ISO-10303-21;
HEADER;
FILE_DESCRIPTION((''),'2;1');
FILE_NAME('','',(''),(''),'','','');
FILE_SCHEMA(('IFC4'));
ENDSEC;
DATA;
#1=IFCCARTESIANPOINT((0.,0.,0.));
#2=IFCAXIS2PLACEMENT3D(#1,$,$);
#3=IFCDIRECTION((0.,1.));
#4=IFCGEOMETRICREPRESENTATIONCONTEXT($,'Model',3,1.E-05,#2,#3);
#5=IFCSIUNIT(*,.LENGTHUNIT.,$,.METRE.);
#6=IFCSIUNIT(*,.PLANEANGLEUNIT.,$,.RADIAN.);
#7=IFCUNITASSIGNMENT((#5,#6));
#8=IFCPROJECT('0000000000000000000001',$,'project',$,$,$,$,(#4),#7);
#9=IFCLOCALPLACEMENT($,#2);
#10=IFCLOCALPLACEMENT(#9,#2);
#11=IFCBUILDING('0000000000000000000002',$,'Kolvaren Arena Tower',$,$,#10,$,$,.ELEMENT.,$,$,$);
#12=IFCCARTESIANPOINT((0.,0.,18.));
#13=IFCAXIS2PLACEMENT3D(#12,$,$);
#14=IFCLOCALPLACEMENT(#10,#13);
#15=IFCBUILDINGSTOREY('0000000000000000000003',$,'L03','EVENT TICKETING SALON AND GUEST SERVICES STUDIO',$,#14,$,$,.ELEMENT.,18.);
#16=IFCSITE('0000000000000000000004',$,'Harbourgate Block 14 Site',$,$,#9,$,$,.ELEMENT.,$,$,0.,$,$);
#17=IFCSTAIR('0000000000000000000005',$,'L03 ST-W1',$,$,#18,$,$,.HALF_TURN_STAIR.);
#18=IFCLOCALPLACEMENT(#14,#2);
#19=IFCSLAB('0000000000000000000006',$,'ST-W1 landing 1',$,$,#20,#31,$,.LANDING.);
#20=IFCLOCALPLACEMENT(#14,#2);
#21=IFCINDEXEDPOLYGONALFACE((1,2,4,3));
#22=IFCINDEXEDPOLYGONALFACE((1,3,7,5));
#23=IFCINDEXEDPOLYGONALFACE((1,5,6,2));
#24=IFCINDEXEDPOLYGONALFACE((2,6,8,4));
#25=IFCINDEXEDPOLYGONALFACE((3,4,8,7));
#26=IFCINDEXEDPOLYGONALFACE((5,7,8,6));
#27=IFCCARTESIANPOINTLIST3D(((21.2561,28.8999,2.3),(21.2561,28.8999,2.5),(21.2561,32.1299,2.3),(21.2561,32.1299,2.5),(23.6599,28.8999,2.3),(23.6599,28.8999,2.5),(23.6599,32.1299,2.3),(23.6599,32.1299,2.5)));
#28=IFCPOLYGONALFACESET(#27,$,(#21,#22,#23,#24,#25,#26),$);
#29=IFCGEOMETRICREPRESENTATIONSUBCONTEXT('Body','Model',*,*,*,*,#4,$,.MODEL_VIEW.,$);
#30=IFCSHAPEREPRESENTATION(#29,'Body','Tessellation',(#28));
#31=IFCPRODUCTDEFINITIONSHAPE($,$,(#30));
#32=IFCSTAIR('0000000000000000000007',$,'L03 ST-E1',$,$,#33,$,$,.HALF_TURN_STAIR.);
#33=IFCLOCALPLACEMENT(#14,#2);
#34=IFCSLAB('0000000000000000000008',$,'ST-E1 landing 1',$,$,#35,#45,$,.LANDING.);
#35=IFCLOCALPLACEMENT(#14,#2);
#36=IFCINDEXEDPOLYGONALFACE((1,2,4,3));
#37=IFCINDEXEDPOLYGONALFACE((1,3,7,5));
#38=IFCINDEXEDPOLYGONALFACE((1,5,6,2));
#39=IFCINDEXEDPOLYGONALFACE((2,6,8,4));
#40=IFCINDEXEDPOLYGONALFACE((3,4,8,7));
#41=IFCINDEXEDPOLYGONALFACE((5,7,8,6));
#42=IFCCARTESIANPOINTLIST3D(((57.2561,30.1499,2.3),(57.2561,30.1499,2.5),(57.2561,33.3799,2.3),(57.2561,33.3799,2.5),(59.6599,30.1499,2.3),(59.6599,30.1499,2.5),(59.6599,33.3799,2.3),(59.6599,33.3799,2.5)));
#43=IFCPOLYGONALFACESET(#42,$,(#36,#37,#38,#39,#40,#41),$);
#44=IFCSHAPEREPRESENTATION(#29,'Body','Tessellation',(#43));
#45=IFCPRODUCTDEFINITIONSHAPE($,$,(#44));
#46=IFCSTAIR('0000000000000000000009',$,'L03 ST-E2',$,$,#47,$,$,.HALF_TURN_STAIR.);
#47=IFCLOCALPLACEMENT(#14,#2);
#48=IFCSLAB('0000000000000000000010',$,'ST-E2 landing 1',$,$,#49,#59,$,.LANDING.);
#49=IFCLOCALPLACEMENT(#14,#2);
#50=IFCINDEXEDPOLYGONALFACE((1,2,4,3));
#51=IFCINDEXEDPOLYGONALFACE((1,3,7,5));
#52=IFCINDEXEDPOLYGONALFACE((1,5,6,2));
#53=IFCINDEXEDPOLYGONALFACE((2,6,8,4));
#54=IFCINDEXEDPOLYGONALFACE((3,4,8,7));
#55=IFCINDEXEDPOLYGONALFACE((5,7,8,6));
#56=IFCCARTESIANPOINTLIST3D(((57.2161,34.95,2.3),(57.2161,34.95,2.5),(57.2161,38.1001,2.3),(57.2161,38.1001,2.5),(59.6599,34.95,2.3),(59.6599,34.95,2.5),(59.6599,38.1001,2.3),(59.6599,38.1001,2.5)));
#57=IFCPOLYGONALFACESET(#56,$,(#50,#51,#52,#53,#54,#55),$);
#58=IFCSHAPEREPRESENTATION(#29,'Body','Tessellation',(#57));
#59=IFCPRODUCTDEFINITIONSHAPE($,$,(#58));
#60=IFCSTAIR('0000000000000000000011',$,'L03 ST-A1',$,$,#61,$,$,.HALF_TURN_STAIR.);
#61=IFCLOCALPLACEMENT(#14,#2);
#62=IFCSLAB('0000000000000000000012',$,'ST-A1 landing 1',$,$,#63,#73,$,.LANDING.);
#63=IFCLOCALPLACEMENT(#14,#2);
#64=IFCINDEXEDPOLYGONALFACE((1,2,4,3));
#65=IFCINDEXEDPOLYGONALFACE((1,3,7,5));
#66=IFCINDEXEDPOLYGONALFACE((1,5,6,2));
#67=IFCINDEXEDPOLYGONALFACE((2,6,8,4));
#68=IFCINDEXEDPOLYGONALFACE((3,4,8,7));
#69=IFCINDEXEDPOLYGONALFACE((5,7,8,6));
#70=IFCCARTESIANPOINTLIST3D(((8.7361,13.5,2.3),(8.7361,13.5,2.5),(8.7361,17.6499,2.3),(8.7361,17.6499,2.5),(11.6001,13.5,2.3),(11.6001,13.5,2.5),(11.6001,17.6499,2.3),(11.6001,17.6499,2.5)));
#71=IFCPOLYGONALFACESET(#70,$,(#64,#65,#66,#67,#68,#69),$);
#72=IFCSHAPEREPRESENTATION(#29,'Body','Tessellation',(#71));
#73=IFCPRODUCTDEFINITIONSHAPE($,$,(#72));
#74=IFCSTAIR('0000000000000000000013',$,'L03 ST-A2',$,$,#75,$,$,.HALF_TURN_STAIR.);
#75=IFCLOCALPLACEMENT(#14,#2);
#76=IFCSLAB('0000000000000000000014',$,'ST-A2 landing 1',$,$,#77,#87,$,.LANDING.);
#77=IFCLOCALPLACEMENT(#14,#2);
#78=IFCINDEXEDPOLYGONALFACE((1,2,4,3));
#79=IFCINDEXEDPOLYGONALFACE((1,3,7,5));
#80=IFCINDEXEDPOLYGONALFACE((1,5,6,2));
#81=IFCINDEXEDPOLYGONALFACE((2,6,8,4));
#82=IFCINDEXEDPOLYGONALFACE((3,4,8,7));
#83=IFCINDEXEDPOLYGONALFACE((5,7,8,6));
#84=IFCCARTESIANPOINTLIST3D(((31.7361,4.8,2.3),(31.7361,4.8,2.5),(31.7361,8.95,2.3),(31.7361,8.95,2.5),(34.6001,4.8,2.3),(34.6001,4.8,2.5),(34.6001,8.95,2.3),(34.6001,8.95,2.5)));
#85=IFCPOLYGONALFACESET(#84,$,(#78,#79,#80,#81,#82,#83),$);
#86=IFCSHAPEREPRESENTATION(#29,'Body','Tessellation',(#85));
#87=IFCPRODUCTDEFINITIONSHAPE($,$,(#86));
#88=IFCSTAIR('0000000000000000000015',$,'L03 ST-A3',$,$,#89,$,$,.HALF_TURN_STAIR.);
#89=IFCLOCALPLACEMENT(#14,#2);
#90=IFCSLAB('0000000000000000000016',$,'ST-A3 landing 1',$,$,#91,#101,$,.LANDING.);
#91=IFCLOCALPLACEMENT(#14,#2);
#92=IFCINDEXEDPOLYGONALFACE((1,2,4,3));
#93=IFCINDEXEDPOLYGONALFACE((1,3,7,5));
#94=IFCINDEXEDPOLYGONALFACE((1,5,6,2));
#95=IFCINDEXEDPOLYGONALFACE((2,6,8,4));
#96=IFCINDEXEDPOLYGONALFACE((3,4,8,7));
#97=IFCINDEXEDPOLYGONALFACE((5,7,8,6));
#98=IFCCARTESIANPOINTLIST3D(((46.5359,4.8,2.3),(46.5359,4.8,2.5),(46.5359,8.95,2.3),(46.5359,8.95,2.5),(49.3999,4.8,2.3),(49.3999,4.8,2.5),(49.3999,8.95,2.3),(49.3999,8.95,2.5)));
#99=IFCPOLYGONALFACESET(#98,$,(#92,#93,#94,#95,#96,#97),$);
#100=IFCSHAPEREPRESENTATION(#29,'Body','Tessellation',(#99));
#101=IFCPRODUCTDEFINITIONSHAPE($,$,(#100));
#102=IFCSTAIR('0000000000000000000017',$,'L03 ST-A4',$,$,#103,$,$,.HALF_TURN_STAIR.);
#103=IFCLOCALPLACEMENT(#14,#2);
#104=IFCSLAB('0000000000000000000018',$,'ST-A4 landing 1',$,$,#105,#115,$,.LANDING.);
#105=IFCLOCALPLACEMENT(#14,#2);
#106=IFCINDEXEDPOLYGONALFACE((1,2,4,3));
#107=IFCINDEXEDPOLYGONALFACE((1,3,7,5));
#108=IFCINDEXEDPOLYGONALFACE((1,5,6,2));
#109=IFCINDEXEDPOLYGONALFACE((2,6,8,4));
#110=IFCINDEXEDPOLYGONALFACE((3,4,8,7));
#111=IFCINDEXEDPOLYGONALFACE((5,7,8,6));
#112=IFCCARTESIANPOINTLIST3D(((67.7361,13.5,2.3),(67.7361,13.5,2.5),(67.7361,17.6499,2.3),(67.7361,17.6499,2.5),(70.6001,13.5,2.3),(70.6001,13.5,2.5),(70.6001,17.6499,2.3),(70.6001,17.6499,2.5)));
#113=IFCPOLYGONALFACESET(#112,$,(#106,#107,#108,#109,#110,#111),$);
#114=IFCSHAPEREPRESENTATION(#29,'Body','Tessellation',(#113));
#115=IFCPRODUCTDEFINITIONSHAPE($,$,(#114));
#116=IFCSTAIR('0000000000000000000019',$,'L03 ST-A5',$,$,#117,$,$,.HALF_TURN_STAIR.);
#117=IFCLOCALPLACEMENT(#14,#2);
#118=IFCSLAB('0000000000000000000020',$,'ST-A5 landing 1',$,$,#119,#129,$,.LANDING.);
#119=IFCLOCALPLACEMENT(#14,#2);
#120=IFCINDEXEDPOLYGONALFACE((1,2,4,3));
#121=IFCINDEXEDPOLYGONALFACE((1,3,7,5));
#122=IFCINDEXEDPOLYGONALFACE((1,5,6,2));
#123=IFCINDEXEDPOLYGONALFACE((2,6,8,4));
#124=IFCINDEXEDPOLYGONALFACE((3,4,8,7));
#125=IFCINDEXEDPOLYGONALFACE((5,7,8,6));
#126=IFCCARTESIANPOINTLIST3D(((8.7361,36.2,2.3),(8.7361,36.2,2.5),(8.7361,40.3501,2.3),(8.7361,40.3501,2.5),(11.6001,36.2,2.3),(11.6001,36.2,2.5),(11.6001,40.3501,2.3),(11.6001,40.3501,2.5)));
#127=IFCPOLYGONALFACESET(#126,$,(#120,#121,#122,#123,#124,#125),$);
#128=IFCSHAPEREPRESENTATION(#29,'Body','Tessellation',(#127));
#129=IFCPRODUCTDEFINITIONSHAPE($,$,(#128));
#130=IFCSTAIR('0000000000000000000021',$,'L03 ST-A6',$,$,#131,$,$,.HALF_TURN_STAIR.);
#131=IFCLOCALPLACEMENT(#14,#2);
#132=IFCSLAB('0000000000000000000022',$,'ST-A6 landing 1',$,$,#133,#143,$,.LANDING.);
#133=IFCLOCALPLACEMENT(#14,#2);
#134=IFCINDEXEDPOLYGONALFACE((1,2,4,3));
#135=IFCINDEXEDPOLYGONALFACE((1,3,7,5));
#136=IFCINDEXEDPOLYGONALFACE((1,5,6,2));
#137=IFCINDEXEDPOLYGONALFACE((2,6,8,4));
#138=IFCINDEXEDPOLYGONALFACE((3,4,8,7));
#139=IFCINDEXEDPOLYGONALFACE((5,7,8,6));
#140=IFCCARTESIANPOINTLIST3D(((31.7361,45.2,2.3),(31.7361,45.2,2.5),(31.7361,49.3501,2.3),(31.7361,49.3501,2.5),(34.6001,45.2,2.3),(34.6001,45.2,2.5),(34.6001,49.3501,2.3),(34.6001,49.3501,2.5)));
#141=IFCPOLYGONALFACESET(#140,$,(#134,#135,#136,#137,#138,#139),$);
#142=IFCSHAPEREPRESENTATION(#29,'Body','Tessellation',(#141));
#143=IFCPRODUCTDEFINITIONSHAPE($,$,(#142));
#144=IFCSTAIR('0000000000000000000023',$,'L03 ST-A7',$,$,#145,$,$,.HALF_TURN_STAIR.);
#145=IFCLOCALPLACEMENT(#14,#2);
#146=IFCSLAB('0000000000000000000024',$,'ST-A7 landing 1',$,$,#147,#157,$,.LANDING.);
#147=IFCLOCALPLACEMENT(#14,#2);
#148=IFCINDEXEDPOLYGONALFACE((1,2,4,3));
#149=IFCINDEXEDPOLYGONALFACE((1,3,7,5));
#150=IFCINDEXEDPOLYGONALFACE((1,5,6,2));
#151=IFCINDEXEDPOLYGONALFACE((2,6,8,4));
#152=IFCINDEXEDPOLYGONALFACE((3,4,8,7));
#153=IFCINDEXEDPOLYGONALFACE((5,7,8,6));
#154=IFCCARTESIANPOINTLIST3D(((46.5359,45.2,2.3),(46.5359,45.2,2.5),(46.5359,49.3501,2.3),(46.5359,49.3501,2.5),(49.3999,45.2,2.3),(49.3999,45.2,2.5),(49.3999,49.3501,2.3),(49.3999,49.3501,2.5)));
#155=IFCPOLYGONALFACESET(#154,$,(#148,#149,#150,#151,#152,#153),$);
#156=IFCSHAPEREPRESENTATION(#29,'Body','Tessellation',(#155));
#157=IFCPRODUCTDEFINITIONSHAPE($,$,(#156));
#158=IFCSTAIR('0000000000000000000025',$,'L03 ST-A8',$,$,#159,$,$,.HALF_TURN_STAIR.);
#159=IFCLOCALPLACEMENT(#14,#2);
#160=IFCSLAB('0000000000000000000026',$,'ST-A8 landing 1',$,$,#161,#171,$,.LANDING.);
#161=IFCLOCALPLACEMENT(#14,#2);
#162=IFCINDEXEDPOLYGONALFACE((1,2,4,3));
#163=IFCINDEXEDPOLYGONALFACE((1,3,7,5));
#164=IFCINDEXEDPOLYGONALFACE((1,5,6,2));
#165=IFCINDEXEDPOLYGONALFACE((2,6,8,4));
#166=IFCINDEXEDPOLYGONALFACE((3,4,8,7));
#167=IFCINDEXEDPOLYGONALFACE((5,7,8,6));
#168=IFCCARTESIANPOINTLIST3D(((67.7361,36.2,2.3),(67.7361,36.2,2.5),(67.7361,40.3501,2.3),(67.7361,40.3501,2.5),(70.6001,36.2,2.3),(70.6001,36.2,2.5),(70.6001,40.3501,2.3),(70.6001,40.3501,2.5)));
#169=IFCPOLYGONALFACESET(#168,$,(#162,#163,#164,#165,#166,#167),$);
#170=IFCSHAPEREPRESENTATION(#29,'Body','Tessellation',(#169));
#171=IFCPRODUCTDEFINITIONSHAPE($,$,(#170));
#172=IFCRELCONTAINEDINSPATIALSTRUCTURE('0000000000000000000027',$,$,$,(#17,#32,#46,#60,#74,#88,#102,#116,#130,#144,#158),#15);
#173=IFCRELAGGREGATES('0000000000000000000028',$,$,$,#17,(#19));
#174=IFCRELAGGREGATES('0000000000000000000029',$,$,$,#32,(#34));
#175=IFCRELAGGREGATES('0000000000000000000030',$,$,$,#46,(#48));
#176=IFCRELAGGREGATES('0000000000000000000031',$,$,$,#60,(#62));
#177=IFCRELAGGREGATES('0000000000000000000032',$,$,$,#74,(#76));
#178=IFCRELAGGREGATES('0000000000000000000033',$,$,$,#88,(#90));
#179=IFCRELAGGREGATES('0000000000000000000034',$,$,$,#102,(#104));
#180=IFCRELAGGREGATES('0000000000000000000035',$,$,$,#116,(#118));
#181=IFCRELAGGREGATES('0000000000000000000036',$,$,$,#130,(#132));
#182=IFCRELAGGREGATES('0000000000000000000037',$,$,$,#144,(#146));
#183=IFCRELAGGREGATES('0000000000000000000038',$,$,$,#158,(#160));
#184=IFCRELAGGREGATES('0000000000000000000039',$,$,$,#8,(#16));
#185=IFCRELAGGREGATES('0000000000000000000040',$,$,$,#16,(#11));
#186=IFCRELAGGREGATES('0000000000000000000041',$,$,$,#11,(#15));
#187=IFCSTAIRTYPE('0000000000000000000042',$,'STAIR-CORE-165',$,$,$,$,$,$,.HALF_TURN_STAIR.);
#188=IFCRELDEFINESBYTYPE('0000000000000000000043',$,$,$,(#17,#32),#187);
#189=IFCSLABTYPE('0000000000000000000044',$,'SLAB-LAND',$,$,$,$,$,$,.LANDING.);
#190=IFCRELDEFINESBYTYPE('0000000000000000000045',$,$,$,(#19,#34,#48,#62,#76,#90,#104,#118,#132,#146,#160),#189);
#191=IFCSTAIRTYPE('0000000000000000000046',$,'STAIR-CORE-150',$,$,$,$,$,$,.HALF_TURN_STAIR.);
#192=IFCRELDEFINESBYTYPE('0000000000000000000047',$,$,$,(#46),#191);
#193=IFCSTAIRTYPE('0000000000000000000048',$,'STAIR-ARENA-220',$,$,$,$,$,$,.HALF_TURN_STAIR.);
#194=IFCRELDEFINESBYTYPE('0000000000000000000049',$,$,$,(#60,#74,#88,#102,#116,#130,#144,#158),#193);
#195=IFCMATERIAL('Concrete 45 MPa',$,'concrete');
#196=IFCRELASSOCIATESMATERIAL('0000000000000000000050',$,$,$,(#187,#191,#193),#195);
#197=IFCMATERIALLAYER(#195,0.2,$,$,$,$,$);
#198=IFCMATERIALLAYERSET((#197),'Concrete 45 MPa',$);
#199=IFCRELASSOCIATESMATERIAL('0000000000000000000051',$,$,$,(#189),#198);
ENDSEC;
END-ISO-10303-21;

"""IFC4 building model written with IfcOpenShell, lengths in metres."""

from ifc_helpers import new_model, si_unit, direction, frame, origin, place, context, subcontext, project, spatial, polyline, outline, extrude, material, layer, layer_set, type_object, element, aggregate, save


model = new_model("IFC4")

# Units and contexts
model_context = context("Model", 3, precision=1e-05, world=origin(), true_north=direction((0.0, 1.0)))
body_context = subcontext(model_context, "Body", "Model", "MODEL_VIEW")
ifc_project = project(units=[si_unit("LENGTHUNIT", "METRE"), si_unit("PLANEANGLEUNIT", "RADIAN")], contexts=[model_context])

# Site, building, storey
site_placement = place(None, origin())
site = spatial("IfcSite", under=ifc_project, at=site_placement, Name="Harbourgate Block 14 Site", CompositionType="ELEMENT", RefElevation=0.0)
building_placement = place(site_placement, origin())
building = spatial("IfcBuilding", under=site, at=building_placement, Name="Kolvaren Arena Tower", CompositionType="ELEMENT")
storey_placement = place(building_placement, frame((0.0, 0.0, 18.0)))
storey = spatial("IfcBuildingStorey", under=building, at=storey_placement, Name="L03", Description="EVENT TICKETING SALON AND GUEST SERVICES STUDIO", CompositionType="ELEMENT", Elevation=18.0)

# Stairs, slabs
ifc_material_1 = material(Name="Concrete 45 MPa", Category="concrete")
stair_type_1 = type_object("IfcStairType", Name="STAIR-CORE-165", PredefinedType="HALF_TURN_STAIR", material=ifc_material_1)
stair_1_placement = place(storey_placement, origin())
stair_1 = element("IfcStair", 1, at=stair_1_placement, inside=storey, type_object=stair_type_1, Name="L03 ST-W1", PredefinedType="HALF_TURN_STAIR")
ifc_layer_1 = layer(ifc_material_1, 0.2)
ifc_layer_set_1 = layer_set([ifc_layer_1], Name="Concrete 45 MPa")
slab_type_1 = type_object("IfcSlabType", Name="SLAB-LAND", PredefinedType="LANDING", material=ifc_layer_set_1)
slab_1_placement = place(storey_placement, frame((0.0, 0.0, 2.3)))
slab_1 = element("IfcSlab", 2, at=slab_1_placement, type_object=slab_type_1, Name="ST-W1 landing 1", PredefinedType="LANDING", context=body_context, shape_type="SweptSolid", body=[
    extrude(outline(polyline([(21.2561, 28.8999), (23.6599, 28.8999), (23.6599, 32.1299), (21.2561, 32.1299), (21.2561, 28.8999)])), origin(), (0.0, 0.0, 1.0), 0.2),
])
aggregate(stair_1, [slab_1])
stair_2_placement = place(storey_placement, origin())
stair_2 = element("IfcStair", 3, at=stair_2_placement, inside=storey, type_object=stair_type_1, Name="L03 ST-E1", PredefinedType="HALF_TURN_STAIR")
slab_2_placement = place(storey_placement, frame((0.0, 0.0, 2.3)))
slab_2 = element("IfcSlab", 4, at=slab_2_placement, type_object=slab_type_1, Name="ST-E1 landing 1", PredefinedType="LANDING", context=body_context, shape_type="SweptSolid", body=[
    extrude(outline(polyline([(57.2561, 30.1499), (59.6599, 30.1499), (59.6599, 33.3799), (57.2561, 33.3799), (57.2561, 30.1499)])), origin(), (0.0, 0.0, 1.0), 0.2),
])
aggregate(stair_2, [slab_2])
stair_type_2 = type_object("IfcStairType", Name="STAIR-CORE-150", PredefinedType="HALF_TURN_STAIR", material=ifc_material_1)
stair_3_placement = place(storey_placement, origin())
stair_3 = element("IfcStair", 5, at=stair_3_placement, inside=storey, type_object=stair_type_2, Name="L03 ST-E2", PredefinedType="HALF_TURN_STAIR")
slab_3_placement = place(storey_placement, frame((0.0, 0.0, 2.3)))
slab_3 = element("IfcSlab", 6, at=slab_3_placement, type_object=slab_type_1, Name="ST-E2 landing 1", PredefinedType="LANDING", context=body_context, shape_type="SweptSolid", body=[
    extrude(outline(polyline([(57.2161, 34.95), (59.6599, 34.95), (59.6599, 38.1001), (57.2161, 38.1001), (57.2161, 34.95)])), origin(), (0.0, 0.0, 1.0), 0.2),
])
aggregate(stair_3, [slab_3])
stair_type_3 = type_object("IfcStairType", Name="STAIR-ARENA-220", PredefinedType="HALF_TURN_STAIR", material=ifc_material_1)
stair_4_placement = place(storey_placement, origin())
stair_4 = element("IfcStair", 7, at=stair_4_placement, inside=storey, type_object=stair_type_3, Name="L03 ST-A1", PredefinedType="HALF_TURN_STAIR")
slab_4_placement = place(storey_placement, frame((0.0, 0.0, 2.3)))
slab_4 = element("IfcSlab", 8, at=slab_4_placement, type_object=slab_type_1, Name="ST-A1 landing 1", PredefinedType="LANDING", context=body_context, shape_type="SweptSolid", body=[
    extrude(outline(polyline([(8.7361, 13.5), (11.6001, 13.5), (11.6001, 17.6499), (8.7361, 17.6499), (8.7361, 13.5)])), origin(), (0.0, 0.0, 1.0), 0.2),
])
aggregate(stair_4, [slab_4])
stair_5_placement = place(storey_placement, origin())
stair_5 = element("IfcStair", 9, at=stair_5_placement, inside=storey, type_object=stair_type_3, Name="L03 ST-A2", PredefinedType="HALF_TURN_STAIR")
slab_5_placement = place(storey_placement, frame((0.0, 0.0, 2.3)))
slab_5 = element("IfcSlab", 10, at=slab_5_placement, type_object=slab_type_1, Name="ST-A2 landing 1", PredefinedType="LANDING", context=body_context, shape_type="SweptSolid", body=[
    extrude(outline(polyline([(31.7361, 4.8), (34.6001, 4.8), (34.6001, 8.95), (31.7361, 8.95), (31.7361, 4.8)])), origin(), (0.0, 0.0, 1.0), 0.2),
])
aggregate(stair_5, [slab_5])
stair_6_placement = place(storey_placement, origin())
stair_6 = element("IfcStair", 11, at=stair_6_placement, inside=storey, type_object=stair_type_3, Name="L03 ST-A3", PredefinedType="HALF_TURN_STAIR")
slab_6_placement = place(storey_placement, frame((0.0, 0.0, 2.3)))
slab_6 = element("IfcSlab", 12, at=slab_6_placement, type_object=slab_type_1, Name="ST-A3 landing 1", PredefinedType="LANDING", context=body_context, shape_type="SweptSolid", body=[
    extrude(outline(polyline([(46.5359, 4.8), (49.3999, 4.8), (49.3999, 8.95), (46.5359, 8.95), (46.5359, 4.8)])), origin(), (0.0, 0.0, 1.0), 0.2),
])
aggregate(stair_6, [slab_6])
stair_7_placement = place(storey_placement, origin())
stair_7 = element("IfcStair", 13, at=stair_7_placement, inside=storey, type_object=stair_type_3, Name="L03 ST-A4", PredefinedType="HALF_TURN_STAIR")
slab_7_placement = place(storey_placement, frame((0.0, 0.0, 2.3)))
slab_7 = element("IfcSlab", 14, at=slab_7_placement, type_object=slab_type_1, Name="ST-A4 landing 1", PredefinedType="LANDING", context=body_context, shape_type="SweptSolid", body=[
    extrude(outline(polyline([(67.7361, 13.5), (70.6001, 13.5), (70.6001, 17.6499), (67.7361, 17.6499), (67.7361, 13.5)])), origin(), (0.0, 0.0, 1.0), 0.2),
])
aggregate(stair_7, [slab_7])
stair_8_placement = place(storey_placement, origin())
stair_8 = element("IfcStair", 15, at=stair_8_placement, inside=storey, type_object=stair_type_3, Name="L03 ST-A5", PredefinedType="HALF_TURN_STAIR")
slab_8_placement = place(storey_placement, frame((0.0, 0.0, 2.3)))
slab_8 = element("IfcSlab", 16, at=slab_8_placement, type_object=slab_type_1, Name="ST-A5 landing 1", PredefinedType="LANDING", context=body_context, shape_type="SweptSolid", body=[
    extrude(outline(polyline([(8.7361, 36.2), (11.6001, 36.2), (11.6001, 40.3501), (8.7361, 40.3501), (8.7361, 36.2)])), origin(), (0.0, 0.0, 1.0), 0.2),
])
aggregate(stair_8, [slab_8])
stair_9_placement = place(storey_placement, origin())
stair_9 = element("IfcStair", 17, at=stair_9_placement, inside=storey, type_object=stair_type_3, Name="L03 ST-A6", PredefinedType="HALF_TURN_STAIR")
slab_9_placement = place(storey_placement, frame((0.0, 0.0, 2.3)))
slab_9 = element("IfcSlab", 18, at=slab_9_placement, type_object=slab_type_1, Name="ST-A6 landing 1", PredefinedType="LANDING", context=body_context, shape_type="SweptSolid", body=[
    extrude(outline(polyline([(31.7361, 45.2), (34.6001, 45.2), (34.6001, 49.3501), (31.7361, 49.3501), (31.7361, 45.2)])), origin(), (0.0, 0.0, 1.0), 0.2),
])
aggregate(stair_9, [slab_9])
stair_10_placement = place(storey_placement, origin())
stair_10 = element("IfcStair", 19, at=stair_10_placement, inside=storey, type_object=stair_type_3, Name="L03 ST-A7", PredefinedType="HALF_TURN_STAIR")
slab_10_placement = place(storey_placement, frame((0.0, 0.0, 2.3)))
slab_10 = element("IfcSlab", 20, at=slab_10_placement, type_object=slab_type_1, Name="ST-A7 landing 1", PredefinedType="LANDING", context=body_context, shape_type="SweptSolid", body=[
    extrude(outline(polyline([(46.5359, 45.2), (49.3999, 45.2), (49.3999, 49.3501), (46.5359, 49.3501), (46.5359, 45.2)])), origin(), (0.0, 0.0, 1.0), 0.2),
])
aggregate(stair_10, [slab_10])
stair_11_placement = place(storey_placement, origin())
stair_11 = element("IfcStair", 21, at=stair_11_placement, inside=storey, type_object=stair_type_3, Name="L03 ST-A8", PredefinedType="HALF_TURN_STAIR")
slab_11_placement = place(storey_placement, frame((0.0, 0.0, 2.3)))
slab_11 = element("IfcSlab", 22, at=slab_11_placement, type_object=slab_type_1, Name="ST-A8 landing 1", PredefinedType="LANDING", context=body_context, shape_type="SweptSolid", body=[
    extrude(outline(polyline([(67.7361, 36.2), (70.6001, 36.2), (70.6001, 40.3501), (67.7361, 40.3501), (67.7361, 36.2)])), origin(), (0.0, 0.0, 1.0), 0.2),
])
aggregate(stair_11, [slab_11])

save(model, "model.ifc")
